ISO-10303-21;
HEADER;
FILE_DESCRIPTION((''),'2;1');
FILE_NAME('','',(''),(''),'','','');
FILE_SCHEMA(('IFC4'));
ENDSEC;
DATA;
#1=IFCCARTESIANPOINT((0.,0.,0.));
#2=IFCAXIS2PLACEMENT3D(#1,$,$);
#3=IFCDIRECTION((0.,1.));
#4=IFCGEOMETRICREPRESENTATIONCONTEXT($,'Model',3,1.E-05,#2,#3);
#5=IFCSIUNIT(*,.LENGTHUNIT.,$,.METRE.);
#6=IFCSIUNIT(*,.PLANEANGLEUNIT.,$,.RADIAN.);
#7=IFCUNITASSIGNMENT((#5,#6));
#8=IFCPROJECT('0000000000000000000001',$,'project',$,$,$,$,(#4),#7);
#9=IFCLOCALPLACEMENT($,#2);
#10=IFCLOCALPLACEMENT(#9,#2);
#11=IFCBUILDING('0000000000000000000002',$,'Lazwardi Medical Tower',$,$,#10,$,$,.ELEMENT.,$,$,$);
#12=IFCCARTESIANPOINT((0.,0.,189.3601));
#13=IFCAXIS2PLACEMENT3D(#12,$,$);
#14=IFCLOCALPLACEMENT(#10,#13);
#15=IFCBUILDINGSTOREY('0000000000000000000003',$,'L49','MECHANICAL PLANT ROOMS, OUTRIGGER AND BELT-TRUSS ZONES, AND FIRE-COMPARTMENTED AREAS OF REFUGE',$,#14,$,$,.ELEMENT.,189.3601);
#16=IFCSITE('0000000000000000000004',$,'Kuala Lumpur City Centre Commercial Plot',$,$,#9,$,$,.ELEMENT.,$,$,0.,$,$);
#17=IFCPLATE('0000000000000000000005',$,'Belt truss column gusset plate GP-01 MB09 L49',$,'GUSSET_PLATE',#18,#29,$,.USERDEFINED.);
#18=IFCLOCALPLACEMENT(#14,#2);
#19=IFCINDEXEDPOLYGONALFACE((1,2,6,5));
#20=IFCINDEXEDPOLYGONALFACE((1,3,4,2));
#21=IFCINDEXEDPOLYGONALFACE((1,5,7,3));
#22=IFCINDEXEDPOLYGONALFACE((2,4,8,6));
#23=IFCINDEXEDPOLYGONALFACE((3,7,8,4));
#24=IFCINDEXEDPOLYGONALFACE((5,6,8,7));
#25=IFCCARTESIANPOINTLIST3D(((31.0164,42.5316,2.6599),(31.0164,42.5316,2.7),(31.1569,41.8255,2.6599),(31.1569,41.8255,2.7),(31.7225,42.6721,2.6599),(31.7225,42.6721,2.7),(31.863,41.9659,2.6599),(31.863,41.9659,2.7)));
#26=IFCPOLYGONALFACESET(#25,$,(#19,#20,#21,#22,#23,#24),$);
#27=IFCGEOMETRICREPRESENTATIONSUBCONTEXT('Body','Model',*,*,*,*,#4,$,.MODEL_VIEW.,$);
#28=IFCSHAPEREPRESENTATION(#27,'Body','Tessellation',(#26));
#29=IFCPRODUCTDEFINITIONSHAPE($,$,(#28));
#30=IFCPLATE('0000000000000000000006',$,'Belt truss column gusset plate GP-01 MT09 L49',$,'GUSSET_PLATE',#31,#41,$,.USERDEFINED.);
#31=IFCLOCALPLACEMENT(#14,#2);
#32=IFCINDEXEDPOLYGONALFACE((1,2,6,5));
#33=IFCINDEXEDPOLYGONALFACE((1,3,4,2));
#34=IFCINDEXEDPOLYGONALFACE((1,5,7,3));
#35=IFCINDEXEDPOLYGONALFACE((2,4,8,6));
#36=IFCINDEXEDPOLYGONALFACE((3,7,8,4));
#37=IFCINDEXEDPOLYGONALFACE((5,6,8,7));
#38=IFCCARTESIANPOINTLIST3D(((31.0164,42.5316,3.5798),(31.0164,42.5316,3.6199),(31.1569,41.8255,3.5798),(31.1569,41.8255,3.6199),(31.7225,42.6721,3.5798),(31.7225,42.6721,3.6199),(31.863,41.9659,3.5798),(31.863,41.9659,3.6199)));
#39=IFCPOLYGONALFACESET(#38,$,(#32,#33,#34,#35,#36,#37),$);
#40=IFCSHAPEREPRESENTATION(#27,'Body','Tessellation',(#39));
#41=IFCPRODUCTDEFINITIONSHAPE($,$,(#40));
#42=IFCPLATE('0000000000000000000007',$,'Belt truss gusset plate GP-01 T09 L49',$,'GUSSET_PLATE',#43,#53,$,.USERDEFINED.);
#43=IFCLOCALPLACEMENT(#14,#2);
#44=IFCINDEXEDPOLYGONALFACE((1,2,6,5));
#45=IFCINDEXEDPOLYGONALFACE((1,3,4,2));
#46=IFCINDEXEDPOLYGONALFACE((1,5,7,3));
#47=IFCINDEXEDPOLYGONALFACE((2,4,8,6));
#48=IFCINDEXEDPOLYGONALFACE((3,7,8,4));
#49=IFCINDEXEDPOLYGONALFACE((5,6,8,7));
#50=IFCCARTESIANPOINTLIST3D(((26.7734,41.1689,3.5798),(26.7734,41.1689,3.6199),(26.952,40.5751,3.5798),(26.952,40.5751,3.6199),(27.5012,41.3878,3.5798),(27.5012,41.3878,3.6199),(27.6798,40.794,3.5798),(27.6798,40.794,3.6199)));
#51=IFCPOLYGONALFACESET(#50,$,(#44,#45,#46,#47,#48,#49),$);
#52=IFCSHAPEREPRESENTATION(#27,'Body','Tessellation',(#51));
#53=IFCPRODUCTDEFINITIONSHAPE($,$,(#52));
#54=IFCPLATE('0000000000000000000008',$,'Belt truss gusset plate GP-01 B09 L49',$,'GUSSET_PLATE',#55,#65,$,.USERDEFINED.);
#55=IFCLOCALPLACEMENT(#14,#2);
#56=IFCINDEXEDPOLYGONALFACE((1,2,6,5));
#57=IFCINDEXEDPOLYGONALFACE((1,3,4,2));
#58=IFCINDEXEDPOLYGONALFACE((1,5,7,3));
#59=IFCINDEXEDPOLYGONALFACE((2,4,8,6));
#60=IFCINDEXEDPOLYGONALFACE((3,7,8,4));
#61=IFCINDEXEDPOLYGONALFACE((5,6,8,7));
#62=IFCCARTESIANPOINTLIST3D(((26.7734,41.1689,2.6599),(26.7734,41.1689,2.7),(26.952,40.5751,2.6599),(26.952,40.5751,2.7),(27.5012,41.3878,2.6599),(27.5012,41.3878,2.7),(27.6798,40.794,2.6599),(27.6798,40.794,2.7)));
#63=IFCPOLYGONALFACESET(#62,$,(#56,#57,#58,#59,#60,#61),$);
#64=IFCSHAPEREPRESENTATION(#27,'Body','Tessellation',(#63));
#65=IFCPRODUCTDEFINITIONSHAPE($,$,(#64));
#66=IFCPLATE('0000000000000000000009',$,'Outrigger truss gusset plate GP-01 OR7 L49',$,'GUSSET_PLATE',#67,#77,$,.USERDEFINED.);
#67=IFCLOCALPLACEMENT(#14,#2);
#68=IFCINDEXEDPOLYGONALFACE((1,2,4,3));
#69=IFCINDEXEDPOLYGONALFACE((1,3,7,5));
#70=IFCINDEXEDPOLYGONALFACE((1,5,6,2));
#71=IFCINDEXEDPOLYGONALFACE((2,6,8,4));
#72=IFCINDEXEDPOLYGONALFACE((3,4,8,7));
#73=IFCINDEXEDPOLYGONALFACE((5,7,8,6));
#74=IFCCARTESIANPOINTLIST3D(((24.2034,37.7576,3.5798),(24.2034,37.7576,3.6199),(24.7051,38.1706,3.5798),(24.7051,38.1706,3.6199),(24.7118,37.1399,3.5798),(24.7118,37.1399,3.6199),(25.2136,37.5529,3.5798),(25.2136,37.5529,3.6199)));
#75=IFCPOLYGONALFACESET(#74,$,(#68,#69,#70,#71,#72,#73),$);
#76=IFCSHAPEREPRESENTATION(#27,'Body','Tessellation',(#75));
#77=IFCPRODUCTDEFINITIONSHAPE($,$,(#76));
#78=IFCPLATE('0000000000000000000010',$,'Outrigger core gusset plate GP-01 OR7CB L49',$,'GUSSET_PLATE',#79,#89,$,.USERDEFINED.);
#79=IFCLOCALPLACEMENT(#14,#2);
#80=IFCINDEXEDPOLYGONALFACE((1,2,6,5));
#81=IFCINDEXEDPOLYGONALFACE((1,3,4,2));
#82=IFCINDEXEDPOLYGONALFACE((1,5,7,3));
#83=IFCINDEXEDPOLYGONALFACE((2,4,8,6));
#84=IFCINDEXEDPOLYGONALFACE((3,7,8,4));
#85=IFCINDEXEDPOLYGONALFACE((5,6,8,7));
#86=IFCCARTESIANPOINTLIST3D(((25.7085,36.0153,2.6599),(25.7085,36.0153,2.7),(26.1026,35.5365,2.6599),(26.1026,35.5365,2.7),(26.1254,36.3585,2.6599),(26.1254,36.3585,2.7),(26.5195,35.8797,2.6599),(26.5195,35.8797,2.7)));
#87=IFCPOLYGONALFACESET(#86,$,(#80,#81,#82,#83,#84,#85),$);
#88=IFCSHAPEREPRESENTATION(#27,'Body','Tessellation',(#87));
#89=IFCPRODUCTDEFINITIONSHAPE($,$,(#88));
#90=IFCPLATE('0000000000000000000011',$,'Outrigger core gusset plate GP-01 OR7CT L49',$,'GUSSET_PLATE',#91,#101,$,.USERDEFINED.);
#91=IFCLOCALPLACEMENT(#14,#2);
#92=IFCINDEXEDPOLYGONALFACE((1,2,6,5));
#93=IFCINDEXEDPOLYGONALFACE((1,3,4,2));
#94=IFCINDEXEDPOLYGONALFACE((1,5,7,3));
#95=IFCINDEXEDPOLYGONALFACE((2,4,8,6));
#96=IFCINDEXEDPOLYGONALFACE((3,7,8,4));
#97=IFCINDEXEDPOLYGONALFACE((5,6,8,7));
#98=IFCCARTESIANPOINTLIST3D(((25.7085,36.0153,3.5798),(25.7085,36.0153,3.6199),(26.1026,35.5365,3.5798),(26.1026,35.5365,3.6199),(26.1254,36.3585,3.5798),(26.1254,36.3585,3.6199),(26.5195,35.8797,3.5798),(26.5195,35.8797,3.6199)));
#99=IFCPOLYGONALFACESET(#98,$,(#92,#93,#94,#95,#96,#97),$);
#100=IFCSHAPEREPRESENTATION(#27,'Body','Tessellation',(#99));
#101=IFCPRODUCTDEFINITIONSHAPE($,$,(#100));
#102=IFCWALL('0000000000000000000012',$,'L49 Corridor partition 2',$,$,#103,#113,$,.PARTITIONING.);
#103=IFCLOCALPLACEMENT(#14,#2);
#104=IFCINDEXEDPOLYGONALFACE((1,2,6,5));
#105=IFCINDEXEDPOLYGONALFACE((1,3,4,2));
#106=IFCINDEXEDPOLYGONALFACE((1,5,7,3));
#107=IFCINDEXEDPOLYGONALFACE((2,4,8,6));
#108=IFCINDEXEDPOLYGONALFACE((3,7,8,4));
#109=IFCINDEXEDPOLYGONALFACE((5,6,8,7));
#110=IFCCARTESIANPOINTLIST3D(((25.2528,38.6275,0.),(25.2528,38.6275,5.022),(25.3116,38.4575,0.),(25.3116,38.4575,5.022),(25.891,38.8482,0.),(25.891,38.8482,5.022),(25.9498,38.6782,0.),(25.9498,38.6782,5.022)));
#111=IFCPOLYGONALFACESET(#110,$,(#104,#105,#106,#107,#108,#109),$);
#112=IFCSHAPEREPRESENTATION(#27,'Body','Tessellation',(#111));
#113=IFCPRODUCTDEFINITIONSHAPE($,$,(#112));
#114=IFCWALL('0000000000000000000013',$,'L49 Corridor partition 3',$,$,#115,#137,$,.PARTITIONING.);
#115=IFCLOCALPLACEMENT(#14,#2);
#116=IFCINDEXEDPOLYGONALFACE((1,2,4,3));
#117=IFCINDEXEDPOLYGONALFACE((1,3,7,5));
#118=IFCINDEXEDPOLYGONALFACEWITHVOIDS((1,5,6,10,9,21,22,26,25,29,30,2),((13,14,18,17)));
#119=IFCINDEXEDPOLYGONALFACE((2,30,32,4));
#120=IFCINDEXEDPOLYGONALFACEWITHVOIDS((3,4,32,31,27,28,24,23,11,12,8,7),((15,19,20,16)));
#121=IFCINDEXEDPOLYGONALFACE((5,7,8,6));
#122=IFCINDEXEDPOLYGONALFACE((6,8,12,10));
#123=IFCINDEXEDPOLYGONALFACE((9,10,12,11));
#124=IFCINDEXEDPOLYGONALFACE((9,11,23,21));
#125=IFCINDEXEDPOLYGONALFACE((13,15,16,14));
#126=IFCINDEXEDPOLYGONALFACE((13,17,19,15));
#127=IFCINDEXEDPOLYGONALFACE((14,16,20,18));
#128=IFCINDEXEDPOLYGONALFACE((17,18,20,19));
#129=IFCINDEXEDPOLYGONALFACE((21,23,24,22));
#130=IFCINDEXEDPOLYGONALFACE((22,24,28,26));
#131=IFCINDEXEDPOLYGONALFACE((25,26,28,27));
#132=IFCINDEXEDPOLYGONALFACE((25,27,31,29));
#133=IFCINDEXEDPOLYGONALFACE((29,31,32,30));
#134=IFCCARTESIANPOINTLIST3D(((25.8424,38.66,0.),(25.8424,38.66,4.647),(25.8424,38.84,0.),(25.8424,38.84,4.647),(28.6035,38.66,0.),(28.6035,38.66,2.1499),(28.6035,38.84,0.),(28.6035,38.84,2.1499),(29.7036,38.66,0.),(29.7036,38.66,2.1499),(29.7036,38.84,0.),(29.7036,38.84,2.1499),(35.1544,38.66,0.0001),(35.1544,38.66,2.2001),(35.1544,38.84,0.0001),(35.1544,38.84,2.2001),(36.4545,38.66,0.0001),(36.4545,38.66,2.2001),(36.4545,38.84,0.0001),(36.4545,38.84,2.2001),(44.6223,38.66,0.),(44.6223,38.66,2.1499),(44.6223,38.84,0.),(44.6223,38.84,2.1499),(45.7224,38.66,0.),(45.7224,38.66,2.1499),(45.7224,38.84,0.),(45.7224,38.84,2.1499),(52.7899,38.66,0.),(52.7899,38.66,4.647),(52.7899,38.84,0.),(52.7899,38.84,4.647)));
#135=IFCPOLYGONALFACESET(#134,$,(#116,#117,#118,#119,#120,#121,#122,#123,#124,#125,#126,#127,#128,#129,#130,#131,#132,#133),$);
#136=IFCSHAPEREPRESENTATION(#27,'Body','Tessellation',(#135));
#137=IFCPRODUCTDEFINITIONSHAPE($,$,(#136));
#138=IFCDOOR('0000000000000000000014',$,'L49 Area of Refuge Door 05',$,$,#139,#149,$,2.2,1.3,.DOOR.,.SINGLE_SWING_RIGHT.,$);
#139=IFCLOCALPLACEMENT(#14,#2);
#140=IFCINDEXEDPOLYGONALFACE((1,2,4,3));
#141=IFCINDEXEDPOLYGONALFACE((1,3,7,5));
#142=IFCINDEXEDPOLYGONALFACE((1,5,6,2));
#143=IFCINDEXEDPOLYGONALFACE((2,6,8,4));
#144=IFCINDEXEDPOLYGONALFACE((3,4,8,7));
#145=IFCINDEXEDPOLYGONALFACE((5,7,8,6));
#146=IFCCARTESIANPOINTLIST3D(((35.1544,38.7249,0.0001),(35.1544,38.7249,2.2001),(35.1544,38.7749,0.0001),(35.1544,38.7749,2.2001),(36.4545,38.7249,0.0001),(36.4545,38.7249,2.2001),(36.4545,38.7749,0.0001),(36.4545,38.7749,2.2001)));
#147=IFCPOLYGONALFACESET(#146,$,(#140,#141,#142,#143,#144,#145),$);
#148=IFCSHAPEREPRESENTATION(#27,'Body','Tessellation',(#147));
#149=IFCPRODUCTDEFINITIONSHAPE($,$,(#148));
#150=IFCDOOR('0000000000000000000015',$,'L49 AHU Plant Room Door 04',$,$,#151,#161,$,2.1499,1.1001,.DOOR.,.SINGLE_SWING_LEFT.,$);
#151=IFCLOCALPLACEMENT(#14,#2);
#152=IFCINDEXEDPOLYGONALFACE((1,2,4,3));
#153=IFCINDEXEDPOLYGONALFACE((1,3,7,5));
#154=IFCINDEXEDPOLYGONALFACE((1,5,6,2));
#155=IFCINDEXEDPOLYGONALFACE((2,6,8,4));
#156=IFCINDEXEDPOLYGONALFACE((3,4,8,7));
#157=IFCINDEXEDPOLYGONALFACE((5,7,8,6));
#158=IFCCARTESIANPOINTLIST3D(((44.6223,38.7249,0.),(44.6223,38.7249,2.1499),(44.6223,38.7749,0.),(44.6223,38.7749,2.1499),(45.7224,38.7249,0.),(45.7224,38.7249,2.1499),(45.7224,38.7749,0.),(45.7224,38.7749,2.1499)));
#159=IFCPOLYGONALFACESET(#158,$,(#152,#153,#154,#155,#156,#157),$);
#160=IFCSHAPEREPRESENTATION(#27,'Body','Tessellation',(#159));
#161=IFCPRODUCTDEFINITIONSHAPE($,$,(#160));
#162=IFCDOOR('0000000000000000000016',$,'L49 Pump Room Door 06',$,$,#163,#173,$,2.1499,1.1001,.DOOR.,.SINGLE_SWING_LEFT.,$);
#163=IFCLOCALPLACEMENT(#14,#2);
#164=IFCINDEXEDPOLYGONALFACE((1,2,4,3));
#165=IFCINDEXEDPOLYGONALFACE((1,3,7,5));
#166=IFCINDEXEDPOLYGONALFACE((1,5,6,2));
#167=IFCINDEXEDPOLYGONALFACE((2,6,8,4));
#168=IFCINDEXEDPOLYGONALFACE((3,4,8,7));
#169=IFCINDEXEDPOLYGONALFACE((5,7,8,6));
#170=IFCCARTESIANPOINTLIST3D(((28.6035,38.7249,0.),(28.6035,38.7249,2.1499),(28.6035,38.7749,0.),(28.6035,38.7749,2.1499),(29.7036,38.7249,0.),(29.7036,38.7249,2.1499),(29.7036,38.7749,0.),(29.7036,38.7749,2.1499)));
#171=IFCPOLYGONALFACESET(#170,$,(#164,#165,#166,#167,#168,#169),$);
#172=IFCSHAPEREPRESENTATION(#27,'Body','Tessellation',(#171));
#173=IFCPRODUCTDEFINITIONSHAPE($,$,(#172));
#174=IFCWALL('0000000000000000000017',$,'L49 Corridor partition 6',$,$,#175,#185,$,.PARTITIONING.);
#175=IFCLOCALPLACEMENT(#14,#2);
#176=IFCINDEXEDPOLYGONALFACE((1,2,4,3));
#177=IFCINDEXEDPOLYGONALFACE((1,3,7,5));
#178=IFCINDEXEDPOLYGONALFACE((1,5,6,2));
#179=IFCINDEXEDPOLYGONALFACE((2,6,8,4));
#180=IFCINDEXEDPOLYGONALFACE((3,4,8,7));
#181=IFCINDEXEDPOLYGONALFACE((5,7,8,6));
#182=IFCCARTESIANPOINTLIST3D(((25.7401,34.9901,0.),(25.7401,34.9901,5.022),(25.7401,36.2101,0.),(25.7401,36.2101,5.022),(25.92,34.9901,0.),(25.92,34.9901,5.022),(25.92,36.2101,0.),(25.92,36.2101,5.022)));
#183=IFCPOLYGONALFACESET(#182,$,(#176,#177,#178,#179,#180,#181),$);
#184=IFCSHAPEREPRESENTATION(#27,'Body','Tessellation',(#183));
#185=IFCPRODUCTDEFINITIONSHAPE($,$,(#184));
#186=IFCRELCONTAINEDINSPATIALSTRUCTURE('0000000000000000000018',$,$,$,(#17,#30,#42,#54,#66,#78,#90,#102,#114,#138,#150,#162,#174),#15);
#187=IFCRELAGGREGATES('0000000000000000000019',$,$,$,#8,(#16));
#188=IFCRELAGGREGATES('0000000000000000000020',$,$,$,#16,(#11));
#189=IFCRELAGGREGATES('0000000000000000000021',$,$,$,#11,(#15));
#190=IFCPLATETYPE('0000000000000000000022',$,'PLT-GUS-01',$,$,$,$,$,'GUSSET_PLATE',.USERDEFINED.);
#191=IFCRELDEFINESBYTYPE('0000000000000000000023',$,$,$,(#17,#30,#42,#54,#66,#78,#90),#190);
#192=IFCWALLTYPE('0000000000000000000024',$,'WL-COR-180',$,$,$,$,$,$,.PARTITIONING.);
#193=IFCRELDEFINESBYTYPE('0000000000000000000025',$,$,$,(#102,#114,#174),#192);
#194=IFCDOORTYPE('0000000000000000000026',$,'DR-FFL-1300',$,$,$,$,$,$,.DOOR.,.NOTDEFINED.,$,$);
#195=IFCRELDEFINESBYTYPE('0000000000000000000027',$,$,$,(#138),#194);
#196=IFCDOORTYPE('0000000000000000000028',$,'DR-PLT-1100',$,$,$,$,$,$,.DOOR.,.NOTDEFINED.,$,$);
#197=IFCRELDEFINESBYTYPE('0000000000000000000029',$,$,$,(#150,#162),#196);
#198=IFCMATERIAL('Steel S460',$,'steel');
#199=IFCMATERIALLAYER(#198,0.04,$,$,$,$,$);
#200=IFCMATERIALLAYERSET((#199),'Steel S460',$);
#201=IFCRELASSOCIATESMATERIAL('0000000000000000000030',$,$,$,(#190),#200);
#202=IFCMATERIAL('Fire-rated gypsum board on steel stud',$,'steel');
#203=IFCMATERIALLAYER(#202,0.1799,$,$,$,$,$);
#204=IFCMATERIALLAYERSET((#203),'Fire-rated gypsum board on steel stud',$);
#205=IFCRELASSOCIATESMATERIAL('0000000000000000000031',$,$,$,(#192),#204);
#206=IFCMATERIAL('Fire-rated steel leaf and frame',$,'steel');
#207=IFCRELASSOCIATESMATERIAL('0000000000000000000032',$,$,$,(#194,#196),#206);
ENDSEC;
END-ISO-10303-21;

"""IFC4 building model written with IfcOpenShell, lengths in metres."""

from ifc_helpers import new_model, si_unit, direction, frame, frame_2d, origin, origin_2d, place, context, subcontext, project, spatial, rectangle, extrude, material, layer, layer_set, type_object, element, fill, save


model = new_model("IFC4")

# Units and contexts
model_context = context("Model", 3, precision=1e-05, world=origin(), true_north=direction((0.0, 1.0)))
body_context = subcontext(model_context, "Body", "Model", "MODEL_VIEW")
ifc_project = project(units=[si_unit("LENGTHUNIT", "METRE"), si_unit("PLANEANGLEUNIT", "RADIAN")], contexts=[model_context])

# Site, building, storey
site_placement = place(None, origin())
site = spatial("IfcSite", under=ifc_project, at=site_placement, Name="Kuala Lumpur City Centre Commercial Plot", CompositionType="ELEMENT", RefElevation=0.0)
building_placement = place(site_placement, origin())
building = spatial("IfcBuilding", under=site, at=building_placement, Name="Lazwardi Medical Tower", CompositionType="ELEMENT")
storey_placement = place(building_placement, frame((0.0, 0.0, 189.3601)))
storey = spatial("IfcBuildingStorey", under=building, at=storey_placement, Name="L49", Description="MECHANICAL PLANT ROOMS, OUTRIGGER AND BELT-TRUSS ZONES, AND FIRE-COMPARTMENTED AREAS OF REFUGE", CompositionType="ELEMENT", Elevation=189.3601)

# Shared definitions
ifc_material_1 = material(Name="Steel S460", Category="steel")

# Plates
ifc_layer_1 = layer(ifc_material_1, 0.04)
ifc_layer_set_1 = layer_set([ifc_layer_1], Name="Steel S460")
plate_type = type_object("IfcPlateType", Name="PLT-GUS-01", ElementType="GUSSET_PLATE", PredefinedType="USERDEFINED", material=ifc_layer_set_1)
for number, where, z_axis, x_axis, name in (
    (1, (31.4397, 42.2488, 2.6599), (0.0, 0.0, 1.0), (-0.19509, 0.980785, 0.0), "Belt truss column gusset plate GP-01 MB09 L49"),
    (2, (31.4397, 42.2488, 3.5798), (0.0, 0.0, 1.0), (-0.19509, 0.980785, 0.0), "Belt truss column gusset plate GP-01 MT09 L49"),
):
    element("IfcPlate", number, at=place(storey_placement, frame(where, z_axis=z_axis, x_axis=x_axis)), inside=storey, type_object=plate_type, Name=name, ObjectType="GUSSET_PLATE", PredefinedType="USERDEFINED", context=body_context, shape_type="SweptSolid", body=[
        extrude(rectangle(XDim=0.72, YDim=0.72, at=origin_2d()), origin(), (0.0, 0.0, 1.0), 0.04),
    ])
for number, where, z_axis, x_axis, name in (
    (3, (27.2266, 40.9814, 3.5798), (0.0, 0.0, 1.0), (-0.957622, -0.288029, 0.0), "Belt truss gusset plate GP-01 T09 L49"),
    (4, (27.2266, 40.9814, 2.6599), (0.0, 0.0, 1.0), (-0.957622, -0.288029, 0.0), "Belt truss gusset plate GP-01 B09 L49"),
):
    element("IfcPlate", number, at=place(storey_placement, frame(where, z_axis=z_axis, x_axis=x_axis)), inside=storey, type_object=plate_type, Name=name, ObjectType="GUSSET_PLATE", PredefinedType="USERDEFINED", context=body_context, shape_type="SweptSolid", body=[
        extrude(rectangle(XDim=0.76, YDim=0.6201, at=origin_2d()), origin(), (0.0, 0.0, 1.0), 0.04),
    ])
plate_placement = place(storey_placement, frame((24.7085, 37.6553, 3.5798), z_axis=(0.0, 0.0, 1.0), x_axis=(-0.635539, 0.772068, 0.0)))
element("IfcPlate", 5, at=plate_placement, inside=storey, type_object=plate_type, Name="Outrigger truss gusset plate GP-01 OR7 L49", ObjectType="GUSSET_PLATE", PredefinedType="USERDEFINED", context=body_context, shape_type="SweptSolid", body=[
    extrude(rectangle(XDim=0.8, YDim=0.6499, at=origin_2d()), origin(), (0.0, 0.0, 1.0), 0.04),
])
for number, where, z_axis, x_axis, name in (
    (6, (26.114, 35.9475, 2.6599), (0.0, 0.0, 1.0), (-0.635539, 0.772068, 0.0), "Outrigger core gusset plate GP-01 OR7CB L49"),
    (7, (26.114, 35.9475, 3.5798), (0.0, 0.0, 1.0), (-0.635539, 0.772068, 0.0), "Outrigger core gusset plate GP-01 OR7CT L49"),
):
    element("IfcPlate", number, at=place(storey_placement, frame(where, z_axis=z_axis, x_axis=x_axis)), inside=storey, type_object=plate_type, Name=name, ObjectType="GUSSET_PLATE", PredefinedType="USERDEFINED", context=body_context, shape_type="SweptSolid", body=[
        extrude(rectangle(XDim=0.6201, YDim=0.54, at=origin_2d()), origin(), (0.0, 0.0, 1.0), 0.04),
    ])

# Wall
ifc_material_2 = material(Name="Fire-rated gypsum board on steel stud", Category="steel")
ifc_layer_2 = layer(ifc_material_2, 0.1799)
ifc_layer_set_2 = layer_set([ifc_layer_2], Name="Fire-rated gypsum board on steel stud")
wall_type_1 = type_object("IfcWallType", Name="WL-COR-180", PredefinedType="PARTITIONING", material=ifc_layer_set_2)
wall_1_placement = place(storey_placement, frame((25.2822, 38.5425, 0.0), z_axis=(0.0, 0.0, 1.0), x_axis=(0.945081, 0.326837, 0.0)))
element("IfcWall", 8, at=wall_1_placement, inside=storey, type_object=wall_type_1, Name="L49 Corridor partition 2", PredefinedType="PARTITIONING", context=body_context, shape_type="SweptSolid", body=[
    extrude(rectangle(XDim=0.6753, YDim=0.1799, at=frame_2d((0.3376, 0.0))), origin(), (0.0, 0.0, 1.0), 5.022),
])

# Wall, openings, doors
wall_2_placement = place(storey_placement, frame((25.8425, 38.75, 0.0), z_axis=(0.0, 0.0, 1.0), x_axis=(1.0, 0.0, 0.0)))
wall_2 = element("IfcWall", 9, at=wall_2_placement, inside=storey, type_object=wall_type_1, Name="L49 Corridor partition 3", PredefinedType="PARTITIONING", context=body_context, shape_type="SweptSolid", body=[
    extrude(rectangle(XDim=26.9475, YDim=0.1799, at=frame_2d((13.4736, 0.0))), origin(), (0.0, 0.0, 1.0), 4.647),
])
opening_1_placement = place(wall_2_placement, frame((18.7798, 0.0, 0.0)))
opening_1 = element("IfcOpeningElement", 10, at=opening_1_placement, cuts=wall_2, PredefinedType="OPENING", context=body_context, shape_type="SweptSolid", body=[
    extrude(rectangle(XDim=1.1001, YDim=2.1499, at=frame_2d((0.55, 1.075))), frame((0.0, 0.0999, 0.0), z_axis=(0.0, -1.0, 0.0), x_axis=(1.0, 0.0, 0.0)), (0.0, 0.0, 1.0), 0.2),
])
opening_2_placement = place(wall_2_placement, frame((9.312, 0.0, 0.0)))
opening_2 = element("IfcOpeningElement", 11, at=opening_2_placement, cuts=wall_2, PredefinedType="OPENING", context=body_context, shape_type="SweptSolid", body=[
    extrude(rectangle(XDim=1.3, YDim=2.2, at=frame_2d((0.6499, 1.1001))), frame((0.0, 0.0999, 0.0), z_axis=(0.0, -1.0, 0.0), x_axis=(1.0, 0.0, 0.0)), (0.0, 0.0, 1.0), 0.2),
])
opening_3_placement = place(wall_2_placement, frame((2.761, 0.0, 0.0)))
opening_3 = element("IfcOpeningElement", 12, at=opening_3_placement, cuts=wall_2, PredefinedType="OPENING", context=body_context, shape_type="SweptSolid", body=[
    extrude(rectangle(XDim=1.1001, YDim=2.1499, at=frame_2d((0.55, 1.075))), frame((0.0, 0.0999, 0.0), z_axis=(0.0, -1.0, 0.0), x_axis=(1.0, 0.0, 0.0)), (0.0, 0.0, 1.0), 0.2),
])
ifc_material_3 = material(Name="Fire-rated steel leaf and frame", Category="steel")
door_type_1 = type_object("IfcDoorType", Name="DR-FFL-1300", OperationType="NOTDEFINED", PredefinedType="DOOR", material=ifc_material_3)
door_1_placement = place(opening_2_placement, origin())
door_1 = element("IfcDoor", 13, at=door_1_placement, inside=storey, type_object=door_type_1, Name="L49 Area of Refuge Door 05", OperationType="SINGLE_SWING_RIGHT", OverallHeight=2.2, OverallWidth=1.3, PredefinedType="DOOR", context=body_context, shape_type="SweptSolid", body=[
    extrude(rectangle(XDim=1.3, YDim=2.2, at=frame_2d((0.6499, 1.1001))), frame((0.0, 0.0249, 0.0), z_axis=(0.0, -1.0, 0.0), x_axis=(1.0, 0.0, 0.0)), (0.0, 0.0, 1.0), 0.05),
])
fill(opening_2, door_1)
door_type_2 = type_object("IfcDoorType", Name="DR-PLT-1100", OperationType="NOTDEFINED", PredefinedType="DOOR", material=ifc_material_3)
door_2_placement = place(opening_1_placement, origin())
door_2 = element("IfcDoor", 14, at=door_2_placement, inside=storey, type_object=door_type_2, Name="L49 AHU Plant Room Door 04", OperationType="SINGLE_SWING_LEFT", OverallHeight=2.1499, OverallWidth=1.1001, PredefinedType="DOOR", context=body_context, shape_type="SweptSolid", body=[
    extrude(rectangle(XDim=1.1001, YDim=2.1499, at=frame_2d((0.55, 1.075))), frame((0.0, 0.0249, 0.0), z_axis=(0.0, -1.0, 0.0), x_axis=(1.0, 0.0, 0.0)), (0.0, 0.0, 1.0), 0.05),
])
fill(opening_1, door_2)
door_3_placement = place(opening_3_placement, origin())
door_3 = element("IfcDoor", 15, at=door_3_placement, inside=storey, type_object=door_type_2, Name="L49 Pump Room Door 06", OperationType="SINGLE_SWING_LEFT", OverallHeight=2.1499, OverallWidth=1.1001, PredefinedType="DOOR", context=body_context, shape_type="SweptSolid", body=[
    extrude(rectangle(XDim=1.1001, YDim=2.1499, at=frame_2d((0.55, 1.075))), frame((0.0, 0.0249, 0.0), z_axis=(0.0, -1.0, 0.0), x_axis=(1.0, 0.0, 0.0)), (0.0, 0.0, 1.0), 0.05),
])
fill(opening_3, door_3)

# Wall
wall_3_placement = place(storey_placement, frame((25.8301, 36.21, 0.0), z_axis=(0.0, 0.0, 1.0), x_axis=(0.0, -1.0, 0.0)))
element("IfcWall", 16, at=wall_3_placement, inside=storey, type_object=wall_type_1, Name="L49 Corridor partition 6", PredefinedType="PARTITIONING", context=body_context, shape_type="SweptSolid", body=[
    extrude(rectangle(XDim=1.22, YDim=0.1799, at=frame_2d((0.6099, 0.0))), origin(), (0.0, 0.0, 1.0), 5.022),
])

save(model, "model.ifc")
